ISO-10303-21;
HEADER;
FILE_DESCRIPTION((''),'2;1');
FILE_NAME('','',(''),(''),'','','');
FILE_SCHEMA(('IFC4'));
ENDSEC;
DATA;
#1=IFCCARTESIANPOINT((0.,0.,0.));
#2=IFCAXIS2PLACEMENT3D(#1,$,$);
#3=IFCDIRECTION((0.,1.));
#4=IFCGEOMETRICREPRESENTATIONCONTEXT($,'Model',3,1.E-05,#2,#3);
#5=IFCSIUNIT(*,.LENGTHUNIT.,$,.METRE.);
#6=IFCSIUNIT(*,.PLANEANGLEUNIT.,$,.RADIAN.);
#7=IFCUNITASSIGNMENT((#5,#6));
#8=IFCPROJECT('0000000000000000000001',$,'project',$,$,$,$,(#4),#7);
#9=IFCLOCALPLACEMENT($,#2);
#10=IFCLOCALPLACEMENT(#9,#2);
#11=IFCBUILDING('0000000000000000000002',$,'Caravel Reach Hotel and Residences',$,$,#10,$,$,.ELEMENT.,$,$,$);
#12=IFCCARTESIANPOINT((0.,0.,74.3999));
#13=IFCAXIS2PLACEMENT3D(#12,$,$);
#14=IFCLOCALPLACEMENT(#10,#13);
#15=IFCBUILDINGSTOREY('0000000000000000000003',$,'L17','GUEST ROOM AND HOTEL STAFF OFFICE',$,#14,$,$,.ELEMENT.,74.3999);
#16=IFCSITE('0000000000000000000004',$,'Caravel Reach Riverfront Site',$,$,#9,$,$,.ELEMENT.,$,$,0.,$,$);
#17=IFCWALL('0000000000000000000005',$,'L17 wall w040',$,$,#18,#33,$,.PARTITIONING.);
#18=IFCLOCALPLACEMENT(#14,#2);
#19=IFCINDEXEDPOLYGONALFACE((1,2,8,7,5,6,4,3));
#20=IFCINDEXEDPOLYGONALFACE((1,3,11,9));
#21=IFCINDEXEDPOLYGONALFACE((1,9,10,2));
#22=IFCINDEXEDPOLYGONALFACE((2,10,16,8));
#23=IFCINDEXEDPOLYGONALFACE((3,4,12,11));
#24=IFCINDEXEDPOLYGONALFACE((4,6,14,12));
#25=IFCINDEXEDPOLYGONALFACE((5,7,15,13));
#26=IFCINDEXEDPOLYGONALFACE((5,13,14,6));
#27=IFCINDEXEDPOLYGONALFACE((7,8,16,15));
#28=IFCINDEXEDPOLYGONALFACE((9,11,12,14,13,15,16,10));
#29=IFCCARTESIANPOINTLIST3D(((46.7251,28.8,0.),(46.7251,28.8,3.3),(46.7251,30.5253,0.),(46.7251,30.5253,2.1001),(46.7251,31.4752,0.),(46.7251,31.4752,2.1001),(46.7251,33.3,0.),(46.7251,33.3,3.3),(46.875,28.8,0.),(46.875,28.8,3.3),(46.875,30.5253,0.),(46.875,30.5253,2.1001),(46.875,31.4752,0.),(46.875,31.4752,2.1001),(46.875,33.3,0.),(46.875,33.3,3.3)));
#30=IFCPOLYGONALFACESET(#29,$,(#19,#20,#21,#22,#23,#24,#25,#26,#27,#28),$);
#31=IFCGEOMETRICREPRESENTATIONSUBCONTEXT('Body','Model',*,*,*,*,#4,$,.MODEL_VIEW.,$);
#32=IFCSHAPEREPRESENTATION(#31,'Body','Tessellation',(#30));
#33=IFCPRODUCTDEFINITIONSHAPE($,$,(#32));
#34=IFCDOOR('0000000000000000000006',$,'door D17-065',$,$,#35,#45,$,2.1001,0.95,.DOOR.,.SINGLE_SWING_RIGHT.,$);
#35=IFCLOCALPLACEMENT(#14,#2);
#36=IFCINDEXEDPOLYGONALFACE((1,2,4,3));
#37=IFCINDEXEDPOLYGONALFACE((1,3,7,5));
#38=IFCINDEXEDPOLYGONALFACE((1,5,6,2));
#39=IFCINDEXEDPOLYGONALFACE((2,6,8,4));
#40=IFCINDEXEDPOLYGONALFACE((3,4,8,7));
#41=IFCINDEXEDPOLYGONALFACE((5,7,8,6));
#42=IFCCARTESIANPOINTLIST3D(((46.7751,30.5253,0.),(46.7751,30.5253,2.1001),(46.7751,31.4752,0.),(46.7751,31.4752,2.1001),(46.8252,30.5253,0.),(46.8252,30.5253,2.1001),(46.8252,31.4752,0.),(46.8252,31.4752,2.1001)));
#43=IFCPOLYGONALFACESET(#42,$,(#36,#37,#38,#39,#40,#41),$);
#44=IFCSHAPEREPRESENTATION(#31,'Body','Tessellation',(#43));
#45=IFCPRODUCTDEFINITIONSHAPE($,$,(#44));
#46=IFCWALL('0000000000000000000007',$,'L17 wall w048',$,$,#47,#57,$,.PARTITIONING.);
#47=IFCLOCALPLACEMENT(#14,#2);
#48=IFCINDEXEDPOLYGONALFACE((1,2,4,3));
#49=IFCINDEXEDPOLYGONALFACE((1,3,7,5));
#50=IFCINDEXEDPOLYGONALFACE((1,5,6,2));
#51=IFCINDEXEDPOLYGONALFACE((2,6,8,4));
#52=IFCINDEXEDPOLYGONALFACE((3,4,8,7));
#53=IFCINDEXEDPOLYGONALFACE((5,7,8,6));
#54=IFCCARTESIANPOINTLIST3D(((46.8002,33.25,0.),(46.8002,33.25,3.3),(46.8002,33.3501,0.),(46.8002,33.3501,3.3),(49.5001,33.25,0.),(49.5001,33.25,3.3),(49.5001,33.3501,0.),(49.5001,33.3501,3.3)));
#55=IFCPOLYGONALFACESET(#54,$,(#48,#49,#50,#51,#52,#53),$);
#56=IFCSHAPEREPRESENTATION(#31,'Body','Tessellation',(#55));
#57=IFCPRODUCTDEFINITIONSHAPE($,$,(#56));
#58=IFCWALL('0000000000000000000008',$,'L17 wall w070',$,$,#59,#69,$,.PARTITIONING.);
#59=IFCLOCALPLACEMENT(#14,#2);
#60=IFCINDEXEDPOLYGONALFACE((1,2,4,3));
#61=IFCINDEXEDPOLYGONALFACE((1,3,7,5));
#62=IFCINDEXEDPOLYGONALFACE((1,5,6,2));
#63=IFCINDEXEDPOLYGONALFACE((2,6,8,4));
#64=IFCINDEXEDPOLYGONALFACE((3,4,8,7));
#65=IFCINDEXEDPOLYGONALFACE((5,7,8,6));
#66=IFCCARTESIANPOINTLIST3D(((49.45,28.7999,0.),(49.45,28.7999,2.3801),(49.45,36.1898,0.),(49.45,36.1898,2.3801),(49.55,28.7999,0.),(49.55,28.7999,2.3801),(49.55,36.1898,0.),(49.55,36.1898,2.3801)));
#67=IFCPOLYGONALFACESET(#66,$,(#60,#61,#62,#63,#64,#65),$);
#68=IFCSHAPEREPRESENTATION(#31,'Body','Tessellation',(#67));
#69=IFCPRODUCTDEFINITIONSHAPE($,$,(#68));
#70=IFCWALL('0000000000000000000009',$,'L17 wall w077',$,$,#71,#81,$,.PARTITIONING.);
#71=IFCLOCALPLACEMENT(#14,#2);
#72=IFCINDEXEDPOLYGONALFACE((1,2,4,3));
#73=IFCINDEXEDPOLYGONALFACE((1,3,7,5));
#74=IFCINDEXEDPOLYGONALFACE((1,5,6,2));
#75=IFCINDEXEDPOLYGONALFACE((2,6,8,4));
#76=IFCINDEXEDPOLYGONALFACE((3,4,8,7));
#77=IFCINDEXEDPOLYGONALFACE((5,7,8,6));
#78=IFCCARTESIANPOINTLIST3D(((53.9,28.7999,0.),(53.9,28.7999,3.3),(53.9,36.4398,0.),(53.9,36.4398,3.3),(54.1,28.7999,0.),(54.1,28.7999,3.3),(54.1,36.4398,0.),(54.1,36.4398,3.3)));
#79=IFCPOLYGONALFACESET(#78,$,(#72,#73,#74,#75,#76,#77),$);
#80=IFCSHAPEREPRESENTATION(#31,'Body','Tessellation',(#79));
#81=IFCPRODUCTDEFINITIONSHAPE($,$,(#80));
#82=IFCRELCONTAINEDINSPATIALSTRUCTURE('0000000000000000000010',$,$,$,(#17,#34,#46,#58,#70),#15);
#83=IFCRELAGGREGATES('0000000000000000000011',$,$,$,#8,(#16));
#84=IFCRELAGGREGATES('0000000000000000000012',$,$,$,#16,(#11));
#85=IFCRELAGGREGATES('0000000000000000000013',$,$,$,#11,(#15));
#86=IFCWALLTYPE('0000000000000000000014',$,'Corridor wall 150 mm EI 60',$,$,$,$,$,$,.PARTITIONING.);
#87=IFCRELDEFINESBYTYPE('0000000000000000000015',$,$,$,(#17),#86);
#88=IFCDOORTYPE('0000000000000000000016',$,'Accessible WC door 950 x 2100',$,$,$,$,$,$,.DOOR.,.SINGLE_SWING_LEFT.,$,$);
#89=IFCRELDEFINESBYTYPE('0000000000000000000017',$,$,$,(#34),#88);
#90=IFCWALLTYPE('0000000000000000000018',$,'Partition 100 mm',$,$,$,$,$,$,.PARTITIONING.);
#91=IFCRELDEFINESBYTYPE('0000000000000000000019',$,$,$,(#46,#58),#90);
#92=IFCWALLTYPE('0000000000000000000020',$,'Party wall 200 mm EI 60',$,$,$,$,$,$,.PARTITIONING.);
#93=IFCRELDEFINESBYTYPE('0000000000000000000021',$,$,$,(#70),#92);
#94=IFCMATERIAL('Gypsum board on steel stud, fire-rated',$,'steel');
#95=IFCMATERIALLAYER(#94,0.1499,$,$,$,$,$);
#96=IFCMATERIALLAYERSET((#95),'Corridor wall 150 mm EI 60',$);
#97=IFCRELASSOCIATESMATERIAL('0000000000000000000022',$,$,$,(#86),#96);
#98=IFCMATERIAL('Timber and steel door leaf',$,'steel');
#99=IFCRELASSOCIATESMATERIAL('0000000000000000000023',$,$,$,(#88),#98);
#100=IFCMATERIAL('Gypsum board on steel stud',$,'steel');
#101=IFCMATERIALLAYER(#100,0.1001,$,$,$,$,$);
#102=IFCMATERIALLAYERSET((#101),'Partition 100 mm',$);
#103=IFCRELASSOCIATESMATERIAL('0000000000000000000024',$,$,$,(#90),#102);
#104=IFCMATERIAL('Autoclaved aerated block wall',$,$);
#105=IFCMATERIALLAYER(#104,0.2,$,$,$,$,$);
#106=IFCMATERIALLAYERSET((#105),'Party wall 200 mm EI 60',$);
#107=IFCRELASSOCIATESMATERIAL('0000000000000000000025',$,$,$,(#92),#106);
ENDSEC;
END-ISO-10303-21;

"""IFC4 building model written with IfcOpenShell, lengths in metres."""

from ifc_helpers import new_model, si_unit, direction, frame, frame_2d, origin, place, context, subcontext, project, spatial, rectangle, extrude, material, layer, layer_set, type_object, element, fill, save


model = new_model("IFC4")

# Units and contexts
model_context = context("Model", 3, precision=1e-05, world=origin(), true_north=direction((0.0, 1.0)))
body_context = subcontext(model_context, "Body", "Model", "MODEL_VIEW")
ifc_project = project(units=[si_unit("LENGTHUNIT", "METRE"), si_unit("PLANEANGLEUNIT", "RADIAN")], contexts=[model_context])

# Site, building, storey
site_placement = place(None, origin())
site = spatial("IfcSite", under=ifc_project, at=site_placement, Name="Caravel Reach Riverfront Site", CompositionType="ELEMENT", RefElevation=0.0)
building_placement = place(site_placement, origin())
building = spatial("IfcBuilding", under=site, at=building_placement, Name="Caravel Reach Hotel and Residences", CompositionType="ELEMENT")
storey_placement = place(building_placement, frame((0.0, 0.0, 74.3999)))
storey = spatial("IfcBuildingStorey", under=building, at=storey_placement, Name="L17", Description="GUEST ROOM AND HOTEL STAFF OFFICE", CompositionType="ELEMENT", Elevation=74.3999)

# Shared definitions
ifc_material_1 = material(Name="Gypsum board on steel stud, fire-rated", Category="steel")
ifc_layer_1 = layer(ifc_material_1, 0.1499)
ifc_layer_set_1 = layer_set([ifc_layer_1], Name="Corridor wall 150 mm EI 60")
wall_type_1 = type_object("IfcWallType", Name="Corridor wall 150 mm EI 60", PredefinedType="PARTITIONING", material=ifc_layer_set_1)

# Wall, opening, door
wall_1_placement = place(storey_placement, frame((46.8, 28.8, 0.0), z_axis=(0.0, 0.0, 1.0), x_axis=(0.0, 1.0, 0.0)))
wall_1 = element("IfcWall", 1, at=wall_1_placement, inside=storey, type_object=wall_type_1, Name="L17 wall w040", PredefinedType="PARTITIONING", context=body_context, shape_type="SweptSolid", body=[
    extrude(rectangle(XDim=4.5, YDim=0.1499, at=frame_2d((2.25, 0.0))), origin(), (0.0, 0.0, 1.0), 3.3),
])
opening_1_placement = place(wall_1_placement, frame((1.7251, 0.0, 0.0)))
opening_1 = element("IfcOpeningElement", 2, at=opening_1_placement, cuts=wall_1, PredefinedType="OPENING", context=body_context, shape_type="SweptSolid", body=[
    extrude(rectangle(XDim=0.95, YDim=2.1001, at=frame_2d((0.4751, 1.05))), frame((0.0, 0.085, 0.0), z_axis=(0.0, -1.0, 0.0), x_axis=(1.0, 0.0, 0.0)), (0.0, 0.0, 1.0), 0.1699),
])
ifc_material_2 = material(Name="Timber and steel door leaf", Category="steel")
door_type_1 = type_object("IfcDoorType", Name="Accessible WC door 950 x 2100", OperationType="SINGLE_SWING_LEFT", PredefinedType="DOOR", material=ifc_material_2)
door_1_placement = place(opening_1_placement, origin())
door_1 = element("IfcDoor", 3, at=door_1_placement, inside=storey, type_object=door_type_1, Name="door D17-065", OperationType="SINGLE_SWING_RIGHT", OverallHeight=2.1001, OverallWidth=0.95, PredefinedType="DOOR", context=body_context, shape_type="SweptSolid", body=[
    extrude(rectangle(XDim=0.95, YDim=2.1001, at=frame_2d((0.4751, 1.05))), frame((0.0, 0.0249, 0.0), z_axis=(0.0, -1.0, 0.0), x_axis=(1.0, 0.0, 0.0)), (0.0, 0.0, 1.0), 0.05),
])
fill(opening_1, door_1)

# Walls
ifc_material_3 = material(Name="Gypsum board on steel stud", Category="steel")
ifc_layer_2 = layer(ifc_material_3, 0.1001)
ifc_layer_set_2 = layer_set([ifc_layer_2], Name="Partition 100 mm")
wall_type_2 = type_object("IfcWallType", Name="Partition 100 mm", PredefinedType="PARTITIONING", material=ifc_layer_set_2)
wall_2_placement = place(storey_placement, frame((46.8, 33.3, 0.0), z_axis=(0.0, 0.0, 1.0), x_axis=(1.0, 0.0, 0.0)))
element("IfcWall", 4, at=wall_2_placement, inside=storey, type_object=wall_type_2, Name="L17 wall w048", PredefinedType="PARTITIONING", context=body_context, shape_type="SweptSolid", body=[
    extrude(rectangle(XDim=2.7, YDim=0.1001, at=frame_2d((1.3501, 0.0))), origin(), (0.0, 0.0, 1.0), 3.3),
])
wall_3_placement = place(storey_placement, frame((49.5, 28.8, 0.0), z_axis=(0.0, 0.0, 1.0), x_axis=(0.0, 1.0, 0.0)))
element("IfcWall", 5, at=wall_3_placement, inside=storey, type_object=wall_type_2, Name="L17 wall w070", PredefinedType="PARTITIONING", context=body_context, shape_type="SweptSolid", body=[
    extrude(rectangle(XDim=7.3899, YDim=0.1001, at=frame_2d((3.6948, 0.0))), origin(), (0.0, 0.0, 1.0), 2.3801),
])
ifc_material_4 = material(Name="Autoclaved aerated block wall")
ifc_layer_3 = layer(ifc_material_4, 0.2)
ifc_layer_set_3 = layer_set([ifc_layer_3], Name="Party wall 200 mm EI 60")
wall_type_3 = type_object("IfcWallType", Name="Party wall 200 mm EI 60", PredefinedType="PARTITIONING", material=ifc_layer_set_3)
wall_4_placement = place(storey_placement, frame((54.0, 28.8, 0.0), z_axis=(0.0, 0.0, 1.0), x_axis=(0.0, 1.0, 0.0)))
element("IfcWall", 6, at=wall_4_placement, inside=storey, type_object=wall_type_3, Name="L17 wall w077", PredefinedType="PARTITIONING", context=body_context, shape_type="SweptSolid", body=[
    extrude(rectangle(XDim=7.6399, YDim=0.2, at=frame_2d((3.8198, 0.0))), origin(), (0.0, 0.0, 1.0), 3.3),
])

save(model, "model.ifc")
